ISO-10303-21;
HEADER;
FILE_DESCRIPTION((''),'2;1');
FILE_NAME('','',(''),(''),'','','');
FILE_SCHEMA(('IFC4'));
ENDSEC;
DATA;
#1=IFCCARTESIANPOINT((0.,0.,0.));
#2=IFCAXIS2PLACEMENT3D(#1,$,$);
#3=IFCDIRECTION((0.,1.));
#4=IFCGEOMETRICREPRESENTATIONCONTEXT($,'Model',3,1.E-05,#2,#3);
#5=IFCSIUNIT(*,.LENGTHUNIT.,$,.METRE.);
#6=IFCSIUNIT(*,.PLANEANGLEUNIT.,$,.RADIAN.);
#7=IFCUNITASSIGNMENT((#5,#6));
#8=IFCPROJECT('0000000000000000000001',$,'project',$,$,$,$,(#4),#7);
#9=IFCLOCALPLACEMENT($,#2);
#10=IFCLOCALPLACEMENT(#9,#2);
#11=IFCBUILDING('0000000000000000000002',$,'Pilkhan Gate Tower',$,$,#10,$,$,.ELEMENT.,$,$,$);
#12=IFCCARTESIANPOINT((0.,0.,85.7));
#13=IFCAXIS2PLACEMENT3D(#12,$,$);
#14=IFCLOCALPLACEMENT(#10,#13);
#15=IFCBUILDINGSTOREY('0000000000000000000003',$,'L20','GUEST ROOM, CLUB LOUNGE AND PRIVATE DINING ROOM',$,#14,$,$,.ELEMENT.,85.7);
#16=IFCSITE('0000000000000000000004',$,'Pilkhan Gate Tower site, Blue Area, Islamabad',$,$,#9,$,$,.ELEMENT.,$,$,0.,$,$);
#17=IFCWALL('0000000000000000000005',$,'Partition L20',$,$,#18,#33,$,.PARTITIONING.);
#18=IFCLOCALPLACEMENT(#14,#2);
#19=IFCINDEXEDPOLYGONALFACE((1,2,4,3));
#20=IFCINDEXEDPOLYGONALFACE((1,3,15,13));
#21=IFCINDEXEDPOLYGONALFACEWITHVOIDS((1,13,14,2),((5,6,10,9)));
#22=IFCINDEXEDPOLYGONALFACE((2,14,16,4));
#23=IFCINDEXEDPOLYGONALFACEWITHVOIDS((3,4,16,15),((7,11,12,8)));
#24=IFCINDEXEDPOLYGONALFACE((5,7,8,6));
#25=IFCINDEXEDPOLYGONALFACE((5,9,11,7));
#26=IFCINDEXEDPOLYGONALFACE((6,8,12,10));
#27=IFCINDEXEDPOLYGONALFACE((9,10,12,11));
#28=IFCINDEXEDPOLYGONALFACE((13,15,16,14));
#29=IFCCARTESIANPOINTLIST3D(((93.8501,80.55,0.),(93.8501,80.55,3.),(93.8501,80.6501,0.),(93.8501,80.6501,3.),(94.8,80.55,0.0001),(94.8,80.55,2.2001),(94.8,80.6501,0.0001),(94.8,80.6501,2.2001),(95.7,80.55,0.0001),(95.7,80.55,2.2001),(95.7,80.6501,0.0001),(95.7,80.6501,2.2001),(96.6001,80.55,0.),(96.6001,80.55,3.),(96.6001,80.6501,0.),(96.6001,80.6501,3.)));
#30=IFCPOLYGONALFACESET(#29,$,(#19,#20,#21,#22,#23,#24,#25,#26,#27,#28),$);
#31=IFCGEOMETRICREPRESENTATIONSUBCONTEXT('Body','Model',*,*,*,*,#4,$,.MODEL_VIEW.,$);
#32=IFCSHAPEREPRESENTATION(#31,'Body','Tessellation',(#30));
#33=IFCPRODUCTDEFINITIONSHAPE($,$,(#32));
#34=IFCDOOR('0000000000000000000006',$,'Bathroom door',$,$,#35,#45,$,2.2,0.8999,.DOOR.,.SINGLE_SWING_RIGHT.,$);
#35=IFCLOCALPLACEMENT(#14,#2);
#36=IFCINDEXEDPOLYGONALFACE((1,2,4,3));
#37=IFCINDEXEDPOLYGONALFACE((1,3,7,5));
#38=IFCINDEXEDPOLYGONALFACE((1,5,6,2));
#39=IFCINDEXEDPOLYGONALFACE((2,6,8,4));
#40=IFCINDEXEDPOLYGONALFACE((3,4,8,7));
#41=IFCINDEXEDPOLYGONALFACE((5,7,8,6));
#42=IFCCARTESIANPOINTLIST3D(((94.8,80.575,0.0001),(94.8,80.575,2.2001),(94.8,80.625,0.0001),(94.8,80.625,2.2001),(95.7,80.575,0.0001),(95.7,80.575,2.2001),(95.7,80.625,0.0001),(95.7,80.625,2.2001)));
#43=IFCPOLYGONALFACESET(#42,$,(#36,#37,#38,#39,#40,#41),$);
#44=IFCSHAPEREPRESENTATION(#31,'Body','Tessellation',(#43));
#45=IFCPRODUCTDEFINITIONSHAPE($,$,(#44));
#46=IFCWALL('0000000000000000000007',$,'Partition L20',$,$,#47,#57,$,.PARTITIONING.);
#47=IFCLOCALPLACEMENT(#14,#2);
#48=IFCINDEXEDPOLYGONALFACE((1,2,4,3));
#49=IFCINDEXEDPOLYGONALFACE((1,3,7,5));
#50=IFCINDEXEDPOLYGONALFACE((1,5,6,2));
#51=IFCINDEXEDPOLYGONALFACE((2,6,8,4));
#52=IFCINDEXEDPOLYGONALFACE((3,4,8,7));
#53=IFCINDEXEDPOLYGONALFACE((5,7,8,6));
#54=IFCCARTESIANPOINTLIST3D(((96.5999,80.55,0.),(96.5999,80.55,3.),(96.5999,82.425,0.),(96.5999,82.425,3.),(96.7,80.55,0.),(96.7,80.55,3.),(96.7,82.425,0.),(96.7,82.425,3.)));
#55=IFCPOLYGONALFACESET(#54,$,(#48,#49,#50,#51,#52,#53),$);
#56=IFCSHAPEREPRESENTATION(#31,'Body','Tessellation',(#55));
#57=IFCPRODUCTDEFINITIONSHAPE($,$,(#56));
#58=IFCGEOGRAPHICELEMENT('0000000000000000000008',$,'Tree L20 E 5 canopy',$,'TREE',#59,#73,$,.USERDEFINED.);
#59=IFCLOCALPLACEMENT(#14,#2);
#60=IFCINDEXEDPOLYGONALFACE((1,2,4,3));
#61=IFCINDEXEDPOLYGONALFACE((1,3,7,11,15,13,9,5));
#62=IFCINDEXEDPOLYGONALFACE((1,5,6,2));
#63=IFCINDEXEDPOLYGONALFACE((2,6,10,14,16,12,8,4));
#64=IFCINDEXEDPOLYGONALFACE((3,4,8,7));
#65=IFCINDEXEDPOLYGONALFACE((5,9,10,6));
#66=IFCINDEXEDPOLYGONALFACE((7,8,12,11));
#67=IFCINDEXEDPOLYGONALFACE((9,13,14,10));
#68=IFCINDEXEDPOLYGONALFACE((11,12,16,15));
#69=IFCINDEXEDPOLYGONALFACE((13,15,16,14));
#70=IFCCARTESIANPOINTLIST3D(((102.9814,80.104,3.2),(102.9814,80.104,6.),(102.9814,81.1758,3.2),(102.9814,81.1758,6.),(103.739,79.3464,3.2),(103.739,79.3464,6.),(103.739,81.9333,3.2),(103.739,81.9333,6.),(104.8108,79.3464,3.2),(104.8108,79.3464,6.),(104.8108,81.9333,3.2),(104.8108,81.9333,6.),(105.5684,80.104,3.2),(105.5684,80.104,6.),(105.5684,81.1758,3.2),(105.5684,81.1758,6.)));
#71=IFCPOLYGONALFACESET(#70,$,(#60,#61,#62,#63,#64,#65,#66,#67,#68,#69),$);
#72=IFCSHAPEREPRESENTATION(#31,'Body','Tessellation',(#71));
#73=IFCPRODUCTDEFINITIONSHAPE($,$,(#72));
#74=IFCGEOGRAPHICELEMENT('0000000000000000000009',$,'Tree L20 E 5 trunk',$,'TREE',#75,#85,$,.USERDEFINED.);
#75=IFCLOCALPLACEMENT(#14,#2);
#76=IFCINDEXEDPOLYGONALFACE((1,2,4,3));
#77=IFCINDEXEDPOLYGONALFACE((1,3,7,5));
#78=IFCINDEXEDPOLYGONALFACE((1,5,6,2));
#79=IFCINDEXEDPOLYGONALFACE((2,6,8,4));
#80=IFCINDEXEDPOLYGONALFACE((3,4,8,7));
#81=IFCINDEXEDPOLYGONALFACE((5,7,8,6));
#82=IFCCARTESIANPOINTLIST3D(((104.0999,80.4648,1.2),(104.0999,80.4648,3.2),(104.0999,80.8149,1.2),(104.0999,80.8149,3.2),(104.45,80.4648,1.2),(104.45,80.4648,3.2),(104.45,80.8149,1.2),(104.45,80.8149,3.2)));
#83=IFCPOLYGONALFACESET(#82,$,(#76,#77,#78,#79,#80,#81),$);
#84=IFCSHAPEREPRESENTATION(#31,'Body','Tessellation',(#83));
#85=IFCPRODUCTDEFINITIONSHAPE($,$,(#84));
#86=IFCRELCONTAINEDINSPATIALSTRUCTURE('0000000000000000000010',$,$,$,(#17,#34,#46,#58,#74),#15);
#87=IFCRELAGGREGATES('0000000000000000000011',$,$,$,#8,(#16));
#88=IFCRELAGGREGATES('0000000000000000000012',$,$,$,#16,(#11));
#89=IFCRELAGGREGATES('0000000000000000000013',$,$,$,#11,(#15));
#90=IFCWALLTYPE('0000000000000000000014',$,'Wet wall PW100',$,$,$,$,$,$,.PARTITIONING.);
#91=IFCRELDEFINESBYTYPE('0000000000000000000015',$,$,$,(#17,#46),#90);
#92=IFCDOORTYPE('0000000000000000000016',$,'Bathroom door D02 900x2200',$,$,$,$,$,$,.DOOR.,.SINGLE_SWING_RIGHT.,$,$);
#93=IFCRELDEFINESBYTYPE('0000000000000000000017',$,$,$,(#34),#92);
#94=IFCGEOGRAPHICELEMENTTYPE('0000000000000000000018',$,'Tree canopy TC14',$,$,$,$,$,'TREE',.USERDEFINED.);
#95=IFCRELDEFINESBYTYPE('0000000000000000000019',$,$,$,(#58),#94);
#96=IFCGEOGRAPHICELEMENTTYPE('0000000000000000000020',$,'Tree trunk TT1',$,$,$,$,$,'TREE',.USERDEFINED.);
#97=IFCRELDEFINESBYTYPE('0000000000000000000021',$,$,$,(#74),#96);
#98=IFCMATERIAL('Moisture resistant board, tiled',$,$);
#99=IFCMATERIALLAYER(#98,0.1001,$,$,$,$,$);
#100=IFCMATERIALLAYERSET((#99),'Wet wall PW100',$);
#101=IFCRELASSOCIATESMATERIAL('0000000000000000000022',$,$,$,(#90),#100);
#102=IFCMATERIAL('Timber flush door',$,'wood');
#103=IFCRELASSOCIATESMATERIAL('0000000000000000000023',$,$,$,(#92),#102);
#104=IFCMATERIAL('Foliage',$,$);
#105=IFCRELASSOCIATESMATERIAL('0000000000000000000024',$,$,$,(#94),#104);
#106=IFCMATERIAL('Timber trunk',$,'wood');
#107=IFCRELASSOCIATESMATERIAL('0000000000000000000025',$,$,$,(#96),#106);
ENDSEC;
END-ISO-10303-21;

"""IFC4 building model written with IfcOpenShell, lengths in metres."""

from ifc_helpers import new_model, si_unit, direction, frame, frame_2d, origin, origin_2d, place, context, subcontext, project, spatial, polyline, rectangle, outline, extrude, material, layer, layer_set, material_profile, profile_set, type_object, element, fill, save


model = new_model("IFC4")

# Units and contexts
model_context = context("Model", 3, precision=1e-05, world=origin(), true_north=direction((0.0, 1.0)))
body_context = subcontext(model_context, "Body", "Model", "MODEL_VIEW")
ifc_project = project(units=[si_unit("LENGTHUNIT", "METRE"), si_unit("PLANEANGLEUNIT", "RADIAN")], contexts=[model_context])

# Site, building, storey
site_placement = place(None, origin())
site = spatial("IfcSite", under=ifc_project, at=site_placement, Name="Pilkhan Gate Tower site, Blue Area, Islamabad", CompositionType="ELEMENT", RefElevation=0.0)
building_placement = place(site_placement, origin())
building = spatial("IfcBuilding", under=site, at=building_placement, Name="Pilkhan Gate Tower", CompositionType="ELEMENT")
storey_placement = place(building_placement, frame((0.0, 0.0, 85.7)))
storey = spatial("IfcBuildingStorey", under=building, at=storey_placement, Name="L20", Description="GUEST ROOM, CLUB LOUNGE AND PRIVATE DINING ROOM", CompositionType="ELEMENT", Elevation=85.7)

# Wall, opening, door
ifc_material_1 = material(Name="Moisture resistant board, tiled")
ifc_layer_1 = layer(ifc_material_1, 0.1001)
ifc_layer_set_1 = layer_set([ifc_layer_1], Name="Wet wall PW100")
wall_type_1 = type_object("IfcWallType", Name="Wet wall PW100", PredefinedType="PARTITIONING", material=ifc_layer_set_1)
wall_1_placement = place(storey_placement, frame((93.8501, 80.6001, 0.0), z_axis=(0.0, 0.0, 1.0), x_axis=(1.0, 0.0, 0.0)))
wall_1 = element("IfcWall", 1, at=wall_1_placement, inside=storey, type_object=wall_type_1, Name="Partition L20", PredefinedType="PARTITIONING", context=body_context, shape_type="SweptSolid", body=[
    extrude(rectangle(XDim=2.75, YDim=0.1001, at=frame_2d((1.375, 0.0))), origin(), (0.0, 0.0, 1.0), 3.0),
])
opening_placement = place(wall_1_placement, frame((0.95, 0.0, 0.0)))
opening = element("IfcOpeningElement", 2, at=opening_placement, cuts=wall_1, PredefinedType="OPENING", context=body_context, shape_type="SweptSolid", body=[
    extrude(rectangle(XDim=0.8999, YDim=2.2, at=frame_2d((0.45, 1.1001))), frame((0.0, 0.0601, 0.0), z_axis=(0.0, -1.0, 0.0), x_axis=(1.0, 0.0, 0.0)), (0.0, 0.0, 1.0), 0.1201),
])
ifc_material_2 = material(Name="Timber flush door", Category="wood")
door_type = type_object("IfcDoorType", Name="Bathroom door D02 900x2200", OperationType="SINGLE_SWING_RIGHT", PredefinedType="DOOR", material=ifc_material_2)
door_placement = place(opening_placement, origin())
door = element("IfcDoor", 3, at=door_placement, inside=storey, type_object=door_type, Name="Bathroom door", OperationType="SINGLE_SWING_RIGHT", OverallHeight=2.2, OverallWidth=0.8999, PredefinedType="DOOR", context=body_context, shape_type="SweptSolid", body=[
    extrude(rectangle(XDim=0.8999, YDim=2.2, at=frame_2d((0.45, 1.1001))), frame((0.0, 0.0249, 0.0), z_axis=(0.0, -1.0, 0.0), x_axis=(1.0, 0.0, 0.0)), (0.0, 0.0, 1.0), 0.05),
])
fill(opening, door)

# Wall
wall_2_placement = place(storey_placement, frame((96.6499, 80.55, 0.0), z_axis=(0.0, 0.0, 1.0), x_axis=(0.0, 1.0, 0.0)))
element("IfcWall", 4, at=wall_2_placement, inside=storey, type_object=wall_type_1, Name="Partition L20", PredefinedType="PARTITIONING", context=body_context, shape_type="SweptSolid", body=[
    extrude(rectangle(XDim=1.875, YDim=0.1001, at=frame_2d((0.9375, 0.0))), origin(), (0.0, 0.0, 1.0), 3.0),
])

# Geographic elements
ifc_material_3 = material(Name="Foliage")
ifc_material_profile_1 = material_profile(ifc_material_3, outline(polyline([(1.2935, 0.5359), (0.5359, 1.2935), (-0.5359, 1.2935), (-1.2935, 0.5359), (-1.2935, -0.5359), (-0.5359, -1.2935), (0.5359, -1.2935), (1.2935, -0.5359), (1.2935, 0.5359)])), Name="Canopy D2.8")
ifc_profile_set_1 = profile_set([ifc_material_profile_1], Name="Foliage")
geographic_element_type_1 = type_object("IfcGeographicElementType", Name="Tree canopy TC14", ElementType="TREE", PredefinedType="USERDEFINED", material=ifc_profile_set_1)
geographic_element_1_placement = place(storey_placement, frame((104.2749, 80.6399, 3.2), z_axis=(0.0, 0.0, 1.0), x_axis=(1.0, 0.0, 0.0)))
element("IfcGeographicElement", 5, at=geographic_element_1_placement, inside=storey, type_object=geographic_element_type_1, Name="Tree L20 E 5 canopy", ObjectType="TREE", PredefinedType="USERDEFINED", context=body_context, shape_type="SweptSolid", body=[
    extrude(outline(polyline([(1.2935, 0.5359), (0.5359, 1.2935), (-0.5359, 1.2935), (-1.2935, 0.5359), (-1.2935, -0.5359), (-0.5359, -1.2935), (0.5359, -1.2935), (1.2935, -0.5359), (1.2935, 0.5359)])), origin(), (0.0, 0.0, 1.0), 2.8),
])
ifc_material_4 = material(Name="Timber trunk", Category="wood")
geographic_element_type_2 = type_object("IfcGeographicElementType", Name="Tree trunk TT1", ElementType="TREE", PredefinedType="USERDEFINED", material=ifc_material_4)
geographic_element_2_placement = place(storey_placement, frame((104.2749, 80.6399, 1.2), z_axis=(0.0, 0.0, 1.0), x_axis=(1.0, 0.0, 0.0)))
element("IfcGeographicElement", 6, at=geographic_element_2_placement, inside=storey, type_object=geographic_element_type_2, Name="Tree L20 E 5 trunk", ObjectType="TREE", PredefinedType="USERDEFINED", context=body_context, shape_type="SweptSolid", body=[
    extrude(rectangle(XDim=0.3501, YDim=0.3501, at=origin_2d()), origin(), (0.0, 0.0, 1.0), 2.0),
])

save(model, "model.ifc")
